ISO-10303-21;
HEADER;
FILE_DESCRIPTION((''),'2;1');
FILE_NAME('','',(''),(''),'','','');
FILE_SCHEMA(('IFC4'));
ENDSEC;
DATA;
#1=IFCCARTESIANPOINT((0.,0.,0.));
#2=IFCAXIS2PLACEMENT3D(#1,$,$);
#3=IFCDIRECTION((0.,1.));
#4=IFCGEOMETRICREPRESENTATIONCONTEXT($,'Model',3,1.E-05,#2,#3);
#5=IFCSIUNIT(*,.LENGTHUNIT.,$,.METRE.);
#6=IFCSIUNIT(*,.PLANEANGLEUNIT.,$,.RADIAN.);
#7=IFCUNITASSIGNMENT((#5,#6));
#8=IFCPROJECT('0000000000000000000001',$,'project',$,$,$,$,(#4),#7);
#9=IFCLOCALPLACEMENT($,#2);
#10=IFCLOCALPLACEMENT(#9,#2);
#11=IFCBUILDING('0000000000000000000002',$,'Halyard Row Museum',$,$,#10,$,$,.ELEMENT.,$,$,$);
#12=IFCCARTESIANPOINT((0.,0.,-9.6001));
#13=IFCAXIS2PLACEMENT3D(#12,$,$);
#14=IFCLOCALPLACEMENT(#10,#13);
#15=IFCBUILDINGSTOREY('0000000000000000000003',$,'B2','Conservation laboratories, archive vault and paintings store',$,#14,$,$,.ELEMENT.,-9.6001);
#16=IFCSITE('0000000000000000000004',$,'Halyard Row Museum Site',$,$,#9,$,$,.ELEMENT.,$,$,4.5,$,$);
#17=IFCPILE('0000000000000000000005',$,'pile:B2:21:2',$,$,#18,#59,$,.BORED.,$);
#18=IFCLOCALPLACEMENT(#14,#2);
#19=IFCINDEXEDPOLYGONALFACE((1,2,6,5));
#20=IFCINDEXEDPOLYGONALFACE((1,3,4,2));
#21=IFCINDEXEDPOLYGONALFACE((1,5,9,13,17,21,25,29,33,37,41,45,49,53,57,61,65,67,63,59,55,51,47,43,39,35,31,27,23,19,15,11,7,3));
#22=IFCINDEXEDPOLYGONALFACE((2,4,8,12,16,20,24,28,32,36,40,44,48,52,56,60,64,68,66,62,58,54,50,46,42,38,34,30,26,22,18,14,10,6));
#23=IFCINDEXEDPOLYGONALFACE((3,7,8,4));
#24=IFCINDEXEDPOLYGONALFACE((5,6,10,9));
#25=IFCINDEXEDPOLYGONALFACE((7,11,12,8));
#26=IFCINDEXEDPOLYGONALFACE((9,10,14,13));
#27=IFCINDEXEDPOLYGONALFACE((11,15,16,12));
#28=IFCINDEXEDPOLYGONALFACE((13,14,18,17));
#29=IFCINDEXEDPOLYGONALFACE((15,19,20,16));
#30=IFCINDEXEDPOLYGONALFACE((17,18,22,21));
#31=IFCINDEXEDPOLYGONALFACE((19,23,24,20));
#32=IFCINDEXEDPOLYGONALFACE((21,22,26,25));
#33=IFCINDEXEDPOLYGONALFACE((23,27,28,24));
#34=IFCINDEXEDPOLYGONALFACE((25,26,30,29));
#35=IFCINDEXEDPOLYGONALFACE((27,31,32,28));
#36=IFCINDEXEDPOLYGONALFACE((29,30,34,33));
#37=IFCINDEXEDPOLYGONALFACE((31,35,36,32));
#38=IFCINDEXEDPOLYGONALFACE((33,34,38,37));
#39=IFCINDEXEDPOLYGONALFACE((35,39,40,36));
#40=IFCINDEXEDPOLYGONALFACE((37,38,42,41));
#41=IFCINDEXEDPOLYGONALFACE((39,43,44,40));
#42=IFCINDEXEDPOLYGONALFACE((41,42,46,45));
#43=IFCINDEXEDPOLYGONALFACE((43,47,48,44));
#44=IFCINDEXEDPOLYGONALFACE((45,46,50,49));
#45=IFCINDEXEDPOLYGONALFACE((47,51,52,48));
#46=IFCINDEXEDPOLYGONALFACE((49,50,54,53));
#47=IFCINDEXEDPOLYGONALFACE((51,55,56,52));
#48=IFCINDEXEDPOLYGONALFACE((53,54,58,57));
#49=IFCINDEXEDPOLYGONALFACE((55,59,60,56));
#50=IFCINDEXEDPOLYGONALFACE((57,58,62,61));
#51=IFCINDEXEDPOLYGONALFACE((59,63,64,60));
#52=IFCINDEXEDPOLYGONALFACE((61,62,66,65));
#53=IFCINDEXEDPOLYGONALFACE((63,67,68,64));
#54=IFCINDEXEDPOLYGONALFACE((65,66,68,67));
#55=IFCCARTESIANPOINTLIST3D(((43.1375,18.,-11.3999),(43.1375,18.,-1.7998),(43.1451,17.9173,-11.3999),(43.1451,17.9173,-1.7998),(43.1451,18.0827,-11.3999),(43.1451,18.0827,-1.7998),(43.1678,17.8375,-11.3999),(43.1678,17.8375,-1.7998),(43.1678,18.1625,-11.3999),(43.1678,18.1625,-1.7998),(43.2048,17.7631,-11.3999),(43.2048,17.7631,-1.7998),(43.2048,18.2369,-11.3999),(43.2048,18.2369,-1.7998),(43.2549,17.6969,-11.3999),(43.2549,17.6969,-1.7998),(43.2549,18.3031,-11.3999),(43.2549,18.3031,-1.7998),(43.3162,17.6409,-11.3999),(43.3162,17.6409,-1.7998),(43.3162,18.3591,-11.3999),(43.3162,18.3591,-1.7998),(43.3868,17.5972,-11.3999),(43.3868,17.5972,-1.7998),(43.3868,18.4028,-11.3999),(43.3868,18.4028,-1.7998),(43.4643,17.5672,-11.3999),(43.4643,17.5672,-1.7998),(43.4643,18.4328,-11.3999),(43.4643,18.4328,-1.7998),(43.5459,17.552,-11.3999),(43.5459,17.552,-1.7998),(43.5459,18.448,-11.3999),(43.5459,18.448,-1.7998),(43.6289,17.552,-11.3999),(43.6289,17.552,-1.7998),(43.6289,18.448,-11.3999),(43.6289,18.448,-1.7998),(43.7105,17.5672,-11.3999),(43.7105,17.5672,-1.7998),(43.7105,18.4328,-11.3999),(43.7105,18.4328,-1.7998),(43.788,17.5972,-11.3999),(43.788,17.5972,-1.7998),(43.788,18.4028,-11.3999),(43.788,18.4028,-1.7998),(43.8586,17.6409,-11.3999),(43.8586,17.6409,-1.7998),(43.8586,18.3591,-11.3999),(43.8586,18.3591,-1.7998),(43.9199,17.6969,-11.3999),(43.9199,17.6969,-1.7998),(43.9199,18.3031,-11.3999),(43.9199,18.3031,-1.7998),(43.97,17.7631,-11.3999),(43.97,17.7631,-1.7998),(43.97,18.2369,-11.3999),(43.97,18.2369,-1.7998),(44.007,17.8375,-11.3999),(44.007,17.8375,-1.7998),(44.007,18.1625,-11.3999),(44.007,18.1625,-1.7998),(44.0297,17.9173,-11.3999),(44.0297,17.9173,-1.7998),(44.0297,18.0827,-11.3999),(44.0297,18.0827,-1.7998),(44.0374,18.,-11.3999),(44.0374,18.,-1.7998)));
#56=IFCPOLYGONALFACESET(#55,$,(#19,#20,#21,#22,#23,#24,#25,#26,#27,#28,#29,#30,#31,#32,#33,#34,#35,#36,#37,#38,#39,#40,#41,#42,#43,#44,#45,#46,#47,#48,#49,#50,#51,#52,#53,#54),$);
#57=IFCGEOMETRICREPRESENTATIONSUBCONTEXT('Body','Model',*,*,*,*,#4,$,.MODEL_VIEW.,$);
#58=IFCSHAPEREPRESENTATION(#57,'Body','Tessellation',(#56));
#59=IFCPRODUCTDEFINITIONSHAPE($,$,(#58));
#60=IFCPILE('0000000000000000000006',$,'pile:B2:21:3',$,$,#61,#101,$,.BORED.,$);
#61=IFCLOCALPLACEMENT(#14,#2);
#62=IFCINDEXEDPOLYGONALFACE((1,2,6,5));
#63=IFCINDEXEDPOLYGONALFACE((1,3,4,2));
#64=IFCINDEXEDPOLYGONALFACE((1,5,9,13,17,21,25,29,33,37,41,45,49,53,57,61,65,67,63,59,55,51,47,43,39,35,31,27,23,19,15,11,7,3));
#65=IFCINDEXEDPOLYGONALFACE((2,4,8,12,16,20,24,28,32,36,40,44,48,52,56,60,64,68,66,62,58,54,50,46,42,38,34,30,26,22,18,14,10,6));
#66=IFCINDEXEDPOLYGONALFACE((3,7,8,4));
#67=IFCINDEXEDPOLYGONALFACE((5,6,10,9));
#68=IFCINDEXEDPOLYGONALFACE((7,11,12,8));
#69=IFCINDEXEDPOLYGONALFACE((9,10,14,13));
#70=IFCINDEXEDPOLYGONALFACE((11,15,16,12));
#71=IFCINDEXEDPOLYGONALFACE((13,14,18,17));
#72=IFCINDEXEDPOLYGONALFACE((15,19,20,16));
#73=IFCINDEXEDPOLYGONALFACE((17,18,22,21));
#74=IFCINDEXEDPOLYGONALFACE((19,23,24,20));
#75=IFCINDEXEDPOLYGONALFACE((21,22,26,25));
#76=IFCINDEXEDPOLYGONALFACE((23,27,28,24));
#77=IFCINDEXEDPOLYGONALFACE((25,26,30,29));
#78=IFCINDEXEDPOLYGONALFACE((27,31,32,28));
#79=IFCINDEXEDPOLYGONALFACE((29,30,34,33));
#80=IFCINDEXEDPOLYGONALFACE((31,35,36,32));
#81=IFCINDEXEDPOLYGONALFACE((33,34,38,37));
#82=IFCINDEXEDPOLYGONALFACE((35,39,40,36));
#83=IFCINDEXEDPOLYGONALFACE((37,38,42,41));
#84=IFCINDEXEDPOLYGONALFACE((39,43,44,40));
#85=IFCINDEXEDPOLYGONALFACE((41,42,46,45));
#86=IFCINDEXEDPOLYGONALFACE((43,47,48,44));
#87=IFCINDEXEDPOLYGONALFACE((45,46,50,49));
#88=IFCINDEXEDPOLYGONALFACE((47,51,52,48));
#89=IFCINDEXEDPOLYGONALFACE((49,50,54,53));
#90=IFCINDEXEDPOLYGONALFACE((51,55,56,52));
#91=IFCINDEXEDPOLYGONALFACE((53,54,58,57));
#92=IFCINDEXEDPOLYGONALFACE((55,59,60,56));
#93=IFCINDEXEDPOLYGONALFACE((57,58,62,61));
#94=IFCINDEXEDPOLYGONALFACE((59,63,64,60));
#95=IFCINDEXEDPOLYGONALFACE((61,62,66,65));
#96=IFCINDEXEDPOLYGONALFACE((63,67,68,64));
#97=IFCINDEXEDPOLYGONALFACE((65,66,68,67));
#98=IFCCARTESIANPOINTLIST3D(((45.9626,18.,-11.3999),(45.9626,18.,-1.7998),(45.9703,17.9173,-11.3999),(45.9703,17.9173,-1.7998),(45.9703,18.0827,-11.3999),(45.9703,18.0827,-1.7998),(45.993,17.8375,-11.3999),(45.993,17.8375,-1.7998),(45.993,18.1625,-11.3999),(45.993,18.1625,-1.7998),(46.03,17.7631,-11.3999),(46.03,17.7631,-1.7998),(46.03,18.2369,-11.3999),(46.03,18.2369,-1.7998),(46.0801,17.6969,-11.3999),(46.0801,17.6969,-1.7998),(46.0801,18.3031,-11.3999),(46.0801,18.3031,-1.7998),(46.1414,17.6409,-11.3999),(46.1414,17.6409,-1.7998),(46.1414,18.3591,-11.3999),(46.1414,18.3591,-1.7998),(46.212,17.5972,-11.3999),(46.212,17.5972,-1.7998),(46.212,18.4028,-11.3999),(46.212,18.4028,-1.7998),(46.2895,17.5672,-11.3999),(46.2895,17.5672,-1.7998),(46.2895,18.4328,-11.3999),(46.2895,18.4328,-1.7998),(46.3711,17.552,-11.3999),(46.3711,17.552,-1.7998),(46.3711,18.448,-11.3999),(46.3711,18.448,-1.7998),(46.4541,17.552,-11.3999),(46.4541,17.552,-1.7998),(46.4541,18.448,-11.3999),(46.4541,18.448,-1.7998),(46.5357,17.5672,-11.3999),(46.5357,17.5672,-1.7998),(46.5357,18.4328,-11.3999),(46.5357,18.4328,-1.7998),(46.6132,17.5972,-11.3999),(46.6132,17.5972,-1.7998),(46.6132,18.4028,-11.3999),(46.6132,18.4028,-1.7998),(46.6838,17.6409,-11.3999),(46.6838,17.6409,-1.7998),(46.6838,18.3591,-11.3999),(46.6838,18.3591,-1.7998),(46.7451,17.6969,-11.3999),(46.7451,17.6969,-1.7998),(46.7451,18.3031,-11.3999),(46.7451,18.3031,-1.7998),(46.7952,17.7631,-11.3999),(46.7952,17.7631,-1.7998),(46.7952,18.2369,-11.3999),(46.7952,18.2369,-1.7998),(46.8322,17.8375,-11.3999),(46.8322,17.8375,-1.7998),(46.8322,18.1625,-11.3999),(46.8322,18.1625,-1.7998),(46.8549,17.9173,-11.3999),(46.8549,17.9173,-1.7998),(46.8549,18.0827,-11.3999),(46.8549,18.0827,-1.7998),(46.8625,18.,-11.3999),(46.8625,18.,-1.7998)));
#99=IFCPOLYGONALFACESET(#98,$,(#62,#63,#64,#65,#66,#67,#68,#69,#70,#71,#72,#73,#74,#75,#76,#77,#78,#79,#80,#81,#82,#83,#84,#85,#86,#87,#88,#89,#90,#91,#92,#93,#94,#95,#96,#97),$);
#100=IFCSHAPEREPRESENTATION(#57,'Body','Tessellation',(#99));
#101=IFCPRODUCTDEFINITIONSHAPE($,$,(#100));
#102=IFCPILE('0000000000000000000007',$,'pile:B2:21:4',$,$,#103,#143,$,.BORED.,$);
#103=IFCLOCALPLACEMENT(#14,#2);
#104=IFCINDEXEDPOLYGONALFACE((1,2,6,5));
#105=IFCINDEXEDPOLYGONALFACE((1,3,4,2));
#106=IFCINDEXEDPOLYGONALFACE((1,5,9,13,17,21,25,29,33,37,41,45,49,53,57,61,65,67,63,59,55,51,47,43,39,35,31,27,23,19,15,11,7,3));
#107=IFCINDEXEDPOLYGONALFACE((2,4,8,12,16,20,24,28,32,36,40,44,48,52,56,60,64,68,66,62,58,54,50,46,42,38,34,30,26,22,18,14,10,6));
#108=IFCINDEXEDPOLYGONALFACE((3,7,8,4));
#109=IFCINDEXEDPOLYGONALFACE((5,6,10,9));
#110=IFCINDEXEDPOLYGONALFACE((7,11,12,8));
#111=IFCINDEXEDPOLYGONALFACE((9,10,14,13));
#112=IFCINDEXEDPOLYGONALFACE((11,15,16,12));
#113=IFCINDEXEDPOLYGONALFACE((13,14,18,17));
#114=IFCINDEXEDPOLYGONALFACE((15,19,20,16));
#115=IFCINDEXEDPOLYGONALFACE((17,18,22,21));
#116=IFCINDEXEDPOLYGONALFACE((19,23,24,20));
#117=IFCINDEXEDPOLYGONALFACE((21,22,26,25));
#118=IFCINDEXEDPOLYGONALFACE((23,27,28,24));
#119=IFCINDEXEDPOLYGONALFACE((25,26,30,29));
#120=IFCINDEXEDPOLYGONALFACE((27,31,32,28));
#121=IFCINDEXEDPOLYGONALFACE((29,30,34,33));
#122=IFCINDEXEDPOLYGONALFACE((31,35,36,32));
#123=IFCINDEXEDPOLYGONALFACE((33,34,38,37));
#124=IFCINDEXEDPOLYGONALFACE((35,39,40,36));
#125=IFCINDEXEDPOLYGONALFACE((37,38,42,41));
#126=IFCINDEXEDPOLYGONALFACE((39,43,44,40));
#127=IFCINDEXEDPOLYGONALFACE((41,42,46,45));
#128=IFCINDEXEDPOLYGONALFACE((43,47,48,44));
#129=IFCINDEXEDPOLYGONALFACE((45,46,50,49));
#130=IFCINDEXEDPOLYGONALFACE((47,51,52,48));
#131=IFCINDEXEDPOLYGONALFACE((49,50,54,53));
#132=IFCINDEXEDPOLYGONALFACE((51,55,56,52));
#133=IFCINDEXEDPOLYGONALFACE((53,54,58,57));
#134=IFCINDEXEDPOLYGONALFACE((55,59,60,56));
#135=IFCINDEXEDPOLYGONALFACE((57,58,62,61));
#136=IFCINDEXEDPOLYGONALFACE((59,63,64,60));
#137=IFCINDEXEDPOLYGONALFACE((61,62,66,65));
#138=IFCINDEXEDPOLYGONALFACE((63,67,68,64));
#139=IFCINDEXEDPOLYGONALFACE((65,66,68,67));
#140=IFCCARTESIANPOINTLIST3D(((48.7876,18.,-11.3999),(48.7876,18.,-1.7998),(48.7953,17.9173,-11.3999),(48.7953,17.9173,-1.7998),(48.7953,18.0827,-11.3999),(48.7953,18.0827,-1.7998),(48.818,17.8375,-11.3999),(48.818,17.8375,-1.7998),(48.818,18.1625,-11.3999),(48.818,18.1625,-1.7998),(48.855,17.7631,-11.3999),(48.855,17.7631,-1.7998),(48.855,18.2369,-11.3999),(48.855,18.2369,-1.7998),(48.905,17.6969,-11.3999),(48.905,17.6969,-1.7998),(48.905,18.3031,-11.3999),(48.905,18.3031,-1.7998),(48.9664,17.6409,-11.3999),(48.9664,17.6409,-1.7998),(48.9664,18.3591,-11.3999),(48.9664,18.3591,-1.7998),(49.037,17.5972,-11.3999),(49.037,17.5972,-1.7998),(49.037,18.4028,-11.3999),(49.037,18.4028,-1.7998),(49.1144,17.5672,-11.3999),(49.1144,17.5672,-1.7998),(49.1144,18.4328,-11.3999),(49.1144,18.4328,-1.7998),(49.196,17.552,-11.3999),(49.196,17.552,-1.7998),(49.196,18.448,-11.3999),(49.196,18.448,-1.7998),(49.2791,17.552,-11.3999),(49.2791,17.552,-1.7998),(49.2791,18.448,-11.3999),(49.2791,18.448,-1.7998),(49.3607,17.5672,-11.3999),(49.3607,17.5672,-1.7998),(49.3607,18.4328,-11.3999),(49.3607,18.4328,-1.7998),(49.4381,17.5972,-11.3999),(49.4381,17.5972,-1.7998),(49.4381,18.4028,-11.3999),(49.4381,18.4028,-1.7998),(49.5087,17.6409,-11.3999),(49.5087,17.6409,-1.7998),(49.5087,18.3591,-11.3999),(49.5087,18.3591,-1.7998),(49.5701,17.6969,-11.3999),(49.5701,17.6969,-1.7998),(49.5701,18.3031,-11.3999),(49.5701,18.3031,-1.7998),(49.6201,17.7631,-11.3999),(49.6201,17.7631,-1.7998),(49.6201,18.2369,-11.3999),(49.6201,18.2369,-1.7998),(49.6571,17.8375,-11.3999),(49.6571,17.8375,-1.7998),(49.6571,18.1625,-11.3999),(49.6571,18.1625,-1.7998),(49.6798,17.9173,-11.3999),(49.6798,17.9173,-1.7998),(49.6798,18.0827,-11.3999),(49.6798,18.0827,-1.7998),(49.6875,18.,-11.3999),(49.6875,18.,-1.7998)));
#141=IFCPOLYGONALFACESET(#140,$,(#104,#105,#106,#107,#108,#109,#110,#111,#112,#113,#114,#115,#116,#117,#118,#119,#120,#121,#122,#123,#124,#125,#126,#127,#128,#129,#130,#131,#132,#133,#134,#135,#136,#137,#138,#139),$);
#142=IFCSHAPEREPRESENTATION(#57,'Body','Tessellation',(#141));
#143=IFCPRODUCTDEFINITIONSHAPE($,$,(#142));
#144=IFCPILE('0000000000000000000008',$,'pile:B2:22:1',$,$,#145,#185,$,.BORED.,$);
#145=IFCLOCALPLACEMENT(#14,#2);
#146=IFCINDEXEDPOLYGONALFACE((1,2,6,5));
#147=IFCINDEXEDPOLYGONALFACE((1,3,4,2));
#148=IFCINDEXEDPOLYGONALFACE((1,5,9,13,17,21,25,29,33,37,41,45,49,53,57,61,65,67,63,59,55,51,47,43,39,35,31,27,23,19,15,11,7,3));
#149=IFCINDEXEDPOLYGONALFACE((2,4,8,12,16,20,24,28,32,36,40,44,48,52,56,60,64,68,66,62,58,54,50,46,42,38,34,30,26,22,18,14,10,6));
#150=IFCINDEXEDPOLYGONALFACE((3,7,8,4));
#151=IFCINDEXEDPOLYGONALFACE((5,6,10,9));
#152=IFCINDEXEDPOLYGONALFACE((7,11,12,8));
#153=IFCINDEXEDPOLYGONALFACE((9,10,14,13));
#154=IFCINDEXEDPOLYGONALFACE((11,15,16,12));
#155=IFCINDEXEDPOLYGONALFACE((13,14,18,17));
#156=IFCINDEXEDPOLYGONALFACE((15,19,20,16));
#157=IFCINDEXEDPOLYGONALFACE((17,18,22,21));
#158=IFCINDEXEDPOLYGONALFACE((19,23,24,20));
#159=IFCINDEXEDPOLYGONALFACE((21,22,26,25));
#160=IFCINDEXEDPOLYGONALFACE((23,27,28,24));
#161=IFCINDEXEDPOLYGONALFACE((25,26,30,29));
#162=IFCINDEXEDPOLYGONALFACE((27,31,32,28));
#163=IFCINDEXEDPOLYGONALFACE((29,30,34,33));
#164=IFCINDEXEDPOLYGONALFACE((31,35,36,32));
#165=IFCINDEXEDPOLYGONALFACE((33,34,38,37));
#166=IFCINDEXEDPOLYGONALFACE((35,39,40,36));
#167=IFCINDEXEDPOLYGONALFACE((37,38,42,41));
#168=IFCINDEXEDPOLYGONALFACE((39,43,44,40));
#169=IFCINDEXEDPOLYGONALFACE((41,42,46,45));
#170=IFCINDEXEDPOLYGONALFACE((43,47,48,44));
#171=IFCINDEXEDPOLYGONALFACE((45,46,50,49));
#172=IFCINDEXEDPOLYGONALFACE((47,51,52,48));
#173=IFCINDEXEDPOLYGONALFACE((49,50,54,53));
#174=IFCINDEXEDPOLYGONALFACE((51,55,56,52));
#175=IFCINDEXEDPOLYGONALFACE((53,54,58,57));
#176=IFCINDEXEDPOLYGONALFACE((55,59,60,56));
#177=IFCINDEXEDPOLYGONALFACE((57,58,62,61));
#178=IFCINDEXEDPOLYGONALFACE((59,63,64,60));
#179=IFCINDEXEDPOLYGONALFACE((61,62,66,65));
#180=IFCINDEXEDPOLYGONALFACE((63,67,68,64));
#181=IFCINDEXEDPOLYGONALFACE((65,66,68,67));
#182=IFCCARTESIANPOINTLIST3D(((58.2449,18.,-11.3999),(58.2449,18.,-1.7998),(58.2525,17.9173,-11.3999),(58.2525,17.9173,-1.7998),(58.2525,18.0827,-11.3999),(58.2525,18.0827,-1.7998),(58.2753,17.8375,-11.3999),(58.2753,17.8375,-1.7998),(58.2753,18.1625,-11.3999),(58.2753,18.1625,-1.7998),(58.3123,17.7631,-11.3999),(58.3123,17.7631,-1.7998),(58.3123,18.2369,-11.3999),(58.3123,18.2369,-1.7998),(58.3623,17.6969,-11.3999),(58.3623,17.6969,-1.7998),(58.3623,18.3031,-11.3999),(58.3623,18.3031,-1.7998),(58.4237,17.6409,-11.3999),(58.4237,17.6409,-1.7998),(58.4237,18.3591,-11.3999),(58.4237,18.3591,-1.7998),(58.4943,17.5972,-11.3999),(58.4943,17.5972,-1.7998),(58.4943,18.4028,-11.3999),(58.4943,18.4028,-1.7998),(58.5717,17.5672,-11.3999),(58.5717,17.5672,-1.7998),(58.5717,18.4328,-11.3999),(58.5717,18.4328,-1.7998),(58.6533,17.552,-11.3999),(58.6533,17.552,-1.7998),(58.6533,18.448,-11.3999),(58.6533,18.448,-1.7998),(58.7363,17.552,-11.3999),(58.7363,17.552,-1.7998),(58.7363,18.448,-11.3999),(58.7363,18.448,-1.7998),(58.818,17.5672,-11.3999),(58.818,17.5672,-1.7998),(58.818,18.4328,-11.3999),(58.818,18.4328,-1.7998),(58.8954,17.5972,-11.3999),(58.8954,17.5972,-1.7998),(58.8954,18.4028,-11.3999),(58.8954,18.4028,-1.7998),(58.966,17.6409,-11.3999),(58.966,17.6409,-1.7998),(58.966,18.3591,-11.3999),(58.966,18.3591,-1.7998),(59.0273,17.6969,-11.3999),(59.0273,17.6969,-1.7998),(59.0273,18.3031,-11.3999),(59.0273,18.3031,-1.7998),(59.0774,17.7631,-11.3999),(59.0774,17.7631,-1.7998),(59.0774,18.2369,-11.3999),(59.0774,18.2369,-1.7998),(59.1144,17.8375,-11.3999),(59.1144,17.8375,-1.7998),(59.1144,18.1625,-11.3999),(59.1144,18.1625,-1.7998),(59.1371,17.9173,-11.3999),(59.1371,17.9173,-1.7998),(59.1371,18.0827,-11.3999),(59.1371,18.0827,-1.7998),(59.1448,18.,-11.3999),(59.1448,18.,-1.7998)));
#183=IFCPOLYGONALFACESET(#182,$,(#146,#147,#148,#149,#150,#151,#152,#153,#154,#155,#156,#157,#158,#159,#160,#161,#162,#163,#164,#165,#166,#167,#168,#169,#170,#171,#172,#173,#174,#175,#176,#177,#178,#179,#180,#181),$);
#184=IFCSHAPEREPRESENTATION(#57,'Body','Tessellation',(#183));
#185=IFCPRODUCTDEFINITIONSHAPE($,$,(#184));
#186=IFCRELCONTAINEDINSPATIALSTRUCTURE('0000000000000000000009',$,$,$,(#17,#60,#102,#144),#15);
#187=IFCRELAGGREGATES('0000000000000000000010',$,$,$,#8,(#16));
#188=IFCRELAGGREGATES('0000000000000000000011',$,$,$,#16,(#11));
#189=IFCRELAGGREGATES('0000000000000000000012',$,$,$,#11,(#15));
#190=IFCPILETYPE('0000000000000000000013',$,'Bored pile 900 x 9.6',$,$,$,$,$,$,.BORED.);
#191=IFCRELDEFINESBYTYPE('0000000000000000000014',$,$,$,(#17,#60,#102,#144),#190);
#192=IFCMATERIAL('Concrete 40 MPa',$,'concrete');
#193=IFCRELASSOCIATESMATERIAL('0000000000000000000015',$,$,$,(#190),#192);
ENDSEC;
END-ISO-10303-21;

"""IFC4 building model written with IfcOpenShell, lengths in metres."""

from ifc_helpers import new_model, si_unit, direction, frame, origin, origin_2d, place, context, subcontext, project, spatial, circle, extrude, material, material_profile, profile_set, type_object, element, save


model = new_model("IFC4")

# Units and contexts
model_context = context("Model", 3, precision=1e-05, world=origin(), true_north=direction((0.0, 1.0)))
body_context = subcontext(model_context, "Body", "Model", "MODEL_VIEW")
ifc_project = project(units=[si_unit("LENGTHUNIT", "METRE"), si_unit("PLANEANGLEUNIT", "RADIAN")], contexts=[model_context])

# Site, building, storey
site_placement = place(None, origin())
site = spatial("IfcSite", under=ifc_project, at=site_placement, Name="Halyard Row Museum Site", CompositionType="ELEMENT", RefElevation=4.5)
building_placement = place(site_placement, origin())
building = spatial("IfcBuilding", under=site, at=building_placement, Name="Halyard Row Museum", CompositionType="ELEMENT")
storey_placement = place(building_placement, frame((0.0, 0.0, -9.6001)))
storey = spatial("IfcBuildingStorey", under=building, at=storey_placement, Name="B2", Description="Conservation laboratories, archive vault and paintings store", CompositionType="ELEMENT", Elevation=-9.6001)

# Piles
ifc_material_1 = material(Name="Concrete 40 MPa", Category="concrete")
ifc_material_profile_1 = material_profile(ifc_material_1, circle(Radius=0.45, at=origin_2d()), Name="Bored pile 900 x 9.6")
ifc_profile_set_1 = profile_set([ifc_material_profile_1], Name="Concrete 40 MPa")
pile_type_1 = type_object("IfcPileType", Name="Bored pile 900 x 9.6", PredefinedType="BORED", material=ifc_profile_set_1)
for number, where, z_axis, x_axis, name in (
    (1, (43.5874, 18.0, -1.7998), (0.0, 0.0, -1.0), (1.0, 0.0, 0.0), "pile:B2:21:2"),
    (2, (46.4126, 18.0, -1.7998), (0.0, 0.0, -1.0), (1.0, 0.0, 0.0), "pile:B2:21:3"),
    (3, (49.2375, 18.0, -1.7998), (0.0, 0.0, -1.0), (1.0, 0.0, 0.0), "pile:B2:21:4"),
    (4, (58.6948, 18.0, -1.7998), (0.0, 0.0, -1.0), (1.0, 0.0, 0.0), "pile:B2:22:1"),
):
    element("IfcPile", number, at=place(storey_placement, frame(where, z_axis=z_axis, x_axis=x_axis)), inside=storey, type_object=pile_type_1, Name=name, PredefinedType="BORED", context=body_context, shape_type="SweptSolid", body=[
        extrude(circle(Radius=0.45, at=origin_2d()), origin(), (0.0, 0.0, 1.0), 9.6001),
    ])

save(model, "model.ifc")
